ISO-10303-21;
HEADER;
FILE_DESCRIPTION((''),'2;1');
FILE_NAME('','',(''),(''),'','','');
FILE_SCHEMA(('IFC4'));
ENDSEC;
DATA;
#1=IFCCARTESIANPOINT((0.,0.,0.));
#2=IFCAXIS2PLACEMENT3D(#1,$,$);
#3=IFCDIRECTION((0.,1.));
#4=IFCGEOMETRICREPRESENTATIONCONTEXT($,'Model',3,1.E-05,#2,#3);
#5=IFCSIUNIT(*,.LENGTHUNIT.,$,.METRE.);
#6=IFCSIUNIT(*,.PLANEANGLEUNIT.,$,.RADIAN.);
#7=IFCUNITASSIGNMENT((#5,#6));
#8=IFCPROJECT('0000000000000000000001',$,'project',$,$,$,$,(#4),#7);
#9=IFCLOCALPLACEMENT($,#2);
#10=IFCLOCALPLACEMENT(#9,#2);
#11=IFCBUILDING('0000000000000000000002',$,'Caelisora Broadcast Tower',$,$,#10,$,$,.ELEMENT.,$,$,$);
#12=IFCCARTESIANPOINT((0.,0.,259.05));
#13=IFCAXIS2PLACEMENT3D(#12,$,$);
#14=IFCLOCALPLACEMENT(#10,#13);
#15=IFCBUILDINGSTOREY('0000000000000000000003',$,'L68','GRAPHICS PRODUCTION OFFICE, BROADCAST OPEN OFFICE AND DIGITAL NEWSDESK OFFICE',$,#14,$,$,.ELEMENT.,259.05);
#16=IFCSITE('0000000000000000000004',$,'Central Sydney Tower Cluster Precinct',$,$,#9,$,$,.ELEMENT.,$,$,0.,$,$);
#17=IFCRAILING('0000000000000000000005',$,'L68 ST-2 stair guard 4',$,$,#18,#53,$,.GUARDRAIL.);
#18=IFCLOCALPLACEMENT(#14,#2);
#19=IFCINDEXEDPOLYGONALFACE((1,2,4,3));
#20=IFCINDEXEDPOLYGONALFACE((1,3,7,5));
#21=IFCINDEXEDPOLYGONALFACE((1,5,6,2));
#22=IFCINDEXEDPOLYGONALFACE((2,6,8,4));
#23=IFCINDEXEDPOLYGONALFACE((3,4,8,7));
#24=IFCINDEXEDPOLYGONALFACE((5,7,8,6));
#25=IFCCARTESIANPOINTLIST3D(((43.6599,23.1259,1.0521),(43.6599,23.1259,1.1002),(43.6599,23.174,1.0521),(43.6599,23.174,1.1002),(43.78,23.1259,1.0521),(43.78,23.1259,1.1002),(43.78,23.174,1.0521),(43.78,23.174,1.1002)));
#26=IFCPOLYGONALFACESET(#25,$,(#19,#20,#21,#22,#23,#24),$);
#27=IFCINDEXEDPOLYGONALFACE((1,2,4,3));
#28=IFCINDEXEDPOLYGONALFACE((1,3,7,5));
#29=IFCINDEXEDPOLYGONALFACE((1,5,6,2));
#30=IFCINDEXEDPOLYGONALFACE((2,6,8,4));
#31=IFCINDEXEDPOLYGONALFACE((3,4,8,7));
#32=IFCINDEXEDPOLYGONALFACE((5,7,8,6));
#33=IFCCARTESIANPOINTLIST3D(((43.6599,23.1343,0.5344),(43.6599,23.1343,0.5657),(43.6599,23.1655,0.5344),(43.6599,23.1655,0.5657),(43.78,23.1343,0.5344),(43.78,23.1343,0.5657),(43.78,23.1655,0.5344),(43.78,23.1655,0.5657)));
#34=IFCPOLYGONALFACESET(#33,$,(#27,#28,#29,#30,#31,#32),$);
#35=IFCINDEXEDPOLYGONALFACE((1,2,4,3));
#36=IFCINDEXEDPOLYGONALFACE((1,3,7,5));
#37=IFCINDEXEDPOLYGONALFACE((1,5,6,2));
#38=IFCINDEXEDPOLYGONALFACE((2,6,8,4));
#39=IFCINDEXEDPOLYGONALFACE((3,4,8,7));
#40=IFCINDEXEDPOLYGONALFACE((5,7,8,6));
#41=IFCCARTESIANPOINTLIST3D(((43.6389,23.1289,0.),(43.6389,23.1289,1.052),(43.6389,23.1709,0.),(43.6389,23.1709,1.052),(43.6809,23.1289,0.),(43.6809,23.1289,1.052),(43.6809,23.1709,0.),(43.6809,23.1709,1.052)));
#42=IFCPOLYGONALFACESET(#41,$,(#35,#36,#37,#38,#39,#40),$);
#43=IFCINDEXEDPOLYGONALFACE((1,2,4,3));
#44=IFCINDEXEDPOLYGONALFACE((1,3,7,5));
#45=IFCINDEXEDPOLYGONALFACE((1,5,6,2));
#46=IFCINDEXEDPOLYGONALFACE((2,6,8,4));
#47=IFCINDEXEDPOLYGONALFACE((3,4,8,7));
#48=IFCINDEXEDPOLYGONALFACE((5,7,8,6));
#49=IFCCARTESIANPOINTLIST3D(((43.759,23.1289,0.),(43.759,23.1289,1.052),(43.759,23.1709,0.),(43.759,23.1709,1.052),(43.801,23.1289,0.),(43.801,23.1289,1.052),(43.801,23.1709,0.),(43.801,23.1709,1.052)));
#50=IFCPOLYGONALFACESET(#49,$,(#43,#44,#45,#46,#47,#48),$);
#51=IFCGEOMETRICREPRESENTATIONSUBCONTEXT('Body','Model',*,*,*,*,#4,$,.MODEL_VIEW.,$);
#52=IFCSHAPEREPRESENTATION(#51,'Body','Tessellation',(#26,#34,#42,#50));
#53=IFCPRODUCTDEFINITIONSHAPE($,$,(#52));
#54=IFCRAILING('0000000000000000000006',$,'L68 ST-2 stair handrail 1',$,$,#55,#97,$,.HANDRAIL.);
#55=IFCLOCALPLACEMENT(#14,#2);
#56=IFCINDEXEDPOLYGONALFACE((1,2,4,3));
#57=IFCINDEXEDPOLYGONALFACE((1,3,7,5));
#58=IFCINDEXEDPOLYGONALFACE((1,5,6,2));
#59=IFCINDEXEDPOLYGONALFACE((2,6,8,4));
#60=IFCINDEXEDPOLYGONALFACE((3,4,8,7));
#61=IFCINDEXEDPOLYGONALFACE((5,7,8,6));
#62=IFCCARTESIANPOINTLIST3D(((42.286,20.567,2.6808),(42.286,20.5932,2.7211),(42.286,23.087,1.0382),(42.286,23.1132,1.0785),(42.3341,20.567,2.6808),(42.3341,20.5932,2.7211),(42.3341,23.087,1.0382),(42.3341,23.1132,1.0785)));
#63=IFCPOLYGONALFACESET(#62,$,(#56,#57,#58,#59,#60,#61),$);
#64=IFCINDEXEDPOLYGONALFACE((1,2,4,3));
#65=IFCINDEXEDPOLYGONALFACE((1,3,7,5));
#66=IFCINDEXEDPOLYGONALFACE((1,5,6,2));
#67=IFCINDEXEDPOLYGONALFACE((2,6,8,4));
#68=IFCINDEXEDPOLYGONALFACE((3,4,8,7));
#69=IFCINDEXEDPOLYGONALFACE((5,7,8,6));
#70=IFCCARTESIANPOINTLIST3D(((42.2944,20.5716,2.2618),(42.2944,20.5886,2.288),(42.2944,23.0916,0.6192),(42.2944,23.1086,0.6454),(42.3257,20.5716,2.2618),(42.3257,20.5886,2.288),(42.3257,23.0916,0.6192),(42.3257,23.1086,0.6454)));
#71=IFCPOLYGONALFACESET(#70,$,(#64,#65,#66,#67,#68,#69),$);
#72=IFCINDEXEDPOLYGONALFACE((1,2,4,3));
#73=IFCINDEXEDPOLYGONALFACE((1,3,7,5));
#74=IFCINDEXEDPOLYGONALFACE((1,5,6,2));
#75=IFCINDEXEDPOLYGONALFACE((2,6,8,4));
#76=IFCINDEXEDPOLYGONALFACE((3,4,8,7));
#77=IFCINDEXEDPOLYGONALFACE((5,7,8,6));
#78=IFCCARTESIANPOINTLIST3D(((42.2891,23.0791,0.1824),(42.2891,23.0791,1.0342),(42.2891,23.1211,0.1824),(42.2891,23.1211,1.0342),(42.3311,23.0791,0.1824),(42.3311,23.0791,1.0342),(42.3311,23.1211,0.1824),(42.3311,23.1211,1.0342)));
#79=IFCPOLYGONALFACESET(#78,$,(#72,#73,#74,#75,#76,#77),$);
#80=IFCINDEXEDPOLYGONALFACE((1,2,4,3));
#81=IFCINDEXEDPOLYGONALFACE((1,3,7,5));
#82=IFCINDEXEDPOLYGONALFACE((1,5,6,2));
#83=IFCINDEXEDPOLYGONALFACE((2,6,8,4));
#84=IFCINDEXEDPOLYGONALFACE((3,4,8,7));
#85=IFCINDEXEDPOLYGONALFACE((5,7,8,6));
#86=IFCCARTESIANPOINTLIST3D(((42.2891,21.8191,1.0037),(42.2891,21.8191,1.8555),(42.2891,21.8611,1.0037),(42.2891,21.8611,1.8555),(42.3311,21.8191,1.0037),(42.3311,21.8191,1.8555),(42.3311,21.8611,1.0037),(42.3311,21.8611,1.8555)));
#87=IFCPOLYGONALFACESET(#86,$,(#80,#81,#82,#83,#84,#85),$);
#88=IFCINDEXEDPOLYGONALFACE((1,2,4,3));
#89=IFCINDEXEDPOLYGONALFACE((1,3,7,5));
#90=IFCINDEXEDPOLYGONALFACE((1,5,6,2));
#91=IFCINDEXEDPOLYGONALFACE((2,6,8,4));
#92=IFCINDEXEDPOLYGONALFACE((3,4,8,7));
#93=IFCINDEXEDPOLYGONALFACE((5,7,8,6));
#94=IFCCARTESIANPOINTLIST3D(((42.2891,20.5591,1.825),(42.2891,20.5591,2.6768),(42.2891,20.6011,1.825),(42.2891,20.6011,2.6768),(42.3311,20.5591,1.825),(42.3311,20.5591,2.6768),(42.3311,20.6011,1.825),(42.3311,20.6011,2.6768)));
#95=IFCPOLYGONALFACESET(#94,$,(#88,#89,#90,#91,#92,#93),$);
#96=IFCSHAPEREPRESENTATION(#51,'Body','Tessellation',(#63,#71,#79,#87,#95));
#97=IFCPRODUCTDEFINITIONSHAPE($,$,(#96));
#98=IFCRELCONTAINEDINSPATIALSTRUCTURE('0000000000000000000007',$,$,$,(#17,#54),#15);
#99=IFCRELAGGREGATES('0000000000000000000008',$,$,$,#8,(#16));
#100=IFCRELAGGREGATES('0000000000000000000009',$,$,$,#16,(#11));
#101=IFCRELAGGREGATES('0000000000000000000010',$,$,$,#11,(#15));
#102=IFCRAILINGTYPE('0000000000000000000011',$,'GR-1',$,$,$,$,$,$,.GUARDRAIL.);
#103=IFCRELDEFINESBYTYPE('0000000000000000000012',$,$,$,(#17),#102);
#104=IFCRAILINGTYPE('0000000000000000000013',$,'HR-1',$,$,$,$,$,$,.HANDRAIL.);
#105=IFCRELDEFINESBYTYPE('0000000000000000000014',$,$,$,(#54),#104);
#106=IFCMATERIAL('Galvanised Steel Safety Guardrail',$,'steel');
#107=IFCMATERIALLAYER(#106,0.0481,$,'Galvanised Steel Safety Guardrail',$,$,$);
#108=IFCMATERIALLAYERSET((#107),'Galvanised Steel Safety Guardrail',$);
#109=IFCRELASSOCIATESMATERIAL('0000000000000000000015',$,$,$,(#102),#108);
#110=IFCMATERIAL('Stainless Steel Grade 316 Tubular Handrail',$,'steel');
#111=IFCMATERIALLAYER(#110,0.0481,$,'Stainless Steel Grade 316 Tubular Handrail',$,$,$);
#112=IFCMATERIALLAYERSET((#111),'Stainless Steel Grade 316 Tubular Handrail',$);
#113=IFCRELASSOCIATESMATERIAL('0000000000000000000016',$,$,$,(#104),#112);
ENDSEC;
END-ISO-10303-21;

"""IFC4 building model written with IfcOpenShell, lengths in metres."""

from ifc_helpers import new_model, si_unit, direction, frame, origin, origin_2d, place, context, subcontext, project, spatial, rectangle, extrude, material, layer, layer_set, type_object, element, save


model = new_model("IFC4")

# Units and contexts
model_context = context("Model", 3, precision=1e-05, world=origin(), true_north=direction((0.0, 1.0)))
body_context = subcontext(model_context, "Body", "Model", "MODEL_VIEW")
ifc_project = project(units=[si_unit("LENGTHUNIT", "METRE"), si_unit("PLANEANGLEUNIT", "RADIAN")], contexts=[model_context])

# Site, building, storey
site_placement = place(None, origin())
site = spatial("IfcSite", under=ifc_project, at=site_placement, Name="Central Sydney Tower Cluster Precinct", CompositionType="ELEMENT", RefElevation=0.0)
building_placement = place(site_placement, origin())
building = spatial("IfcBuilding", under=site, at=building_placement, Name="Caelisora Broadcast Tower", CompositionType="ELEMENT")
storey_placement = place(building_placement, frame((0.0, 0.0, 259.05)))
storey = spatial("IfcBuildingStorey", under=building, at=storey_placement, Name="L68", Description="GRAPHICS PRODUCTION OFFICE, BROADCAST OPEN OFFICE AND DIGITAL NEWSDESK OFFICE", CompositionType="ELEMENT", Elevation=259.05)

# Railings
ifc_material_1 = material(Name="Galvanised Steel Safety Guardrail", Category="steel")
ifc_layer_1 = layer(ifc_material_1, 0.0481, Name="Galvanised Steel Safety Guardrail")
ifc_layer_set_1 = layer_set([ifc_layer_1], Name="Galvanised Steel Safety Guardrail")
railing_type_1 = type_object("IfcRailingType", Name="GR-1", PredefinedType="GUARDRAIL", material=ifc_layer_set_1)
railing_1_placement = place(storey_placement, frame((43.6599, 23.1499, 0.0)))
element("IfcRailing", 1, at=railing_1_placement, inside=storey, type_object=railing_type_1, Name="L68 ST-2 stair guard 4", PredefinedType="GUARDRAIL", context=body_context, shape_type="SweptSolid", body=[
    extrude(rectangle(XDim=0.0481, YDim=0.0481, at=origin_2d()), frame((0.0, 0.0, 1.0762), z_axis=(1.0, 0.0, 0.0), x_axis=(0.0, 1.0, 0.0)), (0.0, 0.0, 1.0), 0.1201),
    extrude(rectangle(XDim=0.0312, YDim=0.0312, at=origin_2d()), frame((0.0, 0.0, 0.55), z_axis=(1.0, 0.0, 0.0), x_axis=(0.0, 1.0, 0.0)), (0.0, 0.0, 1.0), 0.1201),
    extrude(rectangle(XDim=0.042, YDim=0.042, at=origin_2d()), origin(), (0.0, 0.0, 1.0), 1.052),
    extrude(rectangle(XDim=0.042, YDim=0.042, at=origin_2d()), frame((0.1201, 0.0, 0.0)), (0.0, 0.0, 1.0), 1.052),
])
ifc_material_2 = material(Name="Stainless Steel Grade 316 Tubular Handrail", Category="steel")
ifc_layer_2 = layer(ifc_material_2, 0.0481, Name="Stainless Steel Grade 316 Tubular Handrail")
ifc_layer_set_2 = layer_set([ifc_layer_2], Name="Stainless Steel Grade 316 Tubular Handrail")
railing_type_2 = type_object("IfcRailingType", Name="HR-1", PredefinedType="HANDRAIL", material=ifc_layer_set_2)
railing_2_placement = place(storey_placement, frame((42.3101, 23.1001, 0.1824)))
element("IfcRailing", 2, at=railing_2_placement, inside=storey, type_object=railing_type_2, Name="L68 ST-2 stair handrail 1", PredefinedType="HANDRAIL", context=body_context, shape_type="SweptSolid", body=[
    extrude(rectangle(XDim=0.0481, YDim=0.0481, at=origin_2d()), frame((0.0, 0.0, 0.876), z_axis=(0.0, -0.837749, 0.546055), x_axis=(1.0, 0.0, 0.0)), (0.0, 0.0, 1.0), 3.0081),
    extrude(rectangle(XDim=0.0312, YDim=0.0312, at=origin_2d()), frame((0.0, 0.0, 0.45), z_axis=(0.0, -0.837749, 0.546055), x_axis=(1.0, 0.0, 0.0)), (0.0, 0.0, 1.0), 3.0081),
    extrude(rectangle(XDim=0.042, YDim=0.042, at=origin_2d()), origin(), (0.0, 0.0, 1.0), 0.8518),
    extrude(rectangle(XDim=0.042, YDim=0.042, at=origin_2d()), frame((0.0, -1.26, 0.8213)), (0.0, 0.0, 1.0), 0.8518),
    extrude(rectangle(XDim=0.042, YDim=0.042, at=origin_2d()), frame((0.0, -2.52, 1.6426)), (0.0, 0.0, 1.0), 0.8518),
])

save(model, "model.ifc")
